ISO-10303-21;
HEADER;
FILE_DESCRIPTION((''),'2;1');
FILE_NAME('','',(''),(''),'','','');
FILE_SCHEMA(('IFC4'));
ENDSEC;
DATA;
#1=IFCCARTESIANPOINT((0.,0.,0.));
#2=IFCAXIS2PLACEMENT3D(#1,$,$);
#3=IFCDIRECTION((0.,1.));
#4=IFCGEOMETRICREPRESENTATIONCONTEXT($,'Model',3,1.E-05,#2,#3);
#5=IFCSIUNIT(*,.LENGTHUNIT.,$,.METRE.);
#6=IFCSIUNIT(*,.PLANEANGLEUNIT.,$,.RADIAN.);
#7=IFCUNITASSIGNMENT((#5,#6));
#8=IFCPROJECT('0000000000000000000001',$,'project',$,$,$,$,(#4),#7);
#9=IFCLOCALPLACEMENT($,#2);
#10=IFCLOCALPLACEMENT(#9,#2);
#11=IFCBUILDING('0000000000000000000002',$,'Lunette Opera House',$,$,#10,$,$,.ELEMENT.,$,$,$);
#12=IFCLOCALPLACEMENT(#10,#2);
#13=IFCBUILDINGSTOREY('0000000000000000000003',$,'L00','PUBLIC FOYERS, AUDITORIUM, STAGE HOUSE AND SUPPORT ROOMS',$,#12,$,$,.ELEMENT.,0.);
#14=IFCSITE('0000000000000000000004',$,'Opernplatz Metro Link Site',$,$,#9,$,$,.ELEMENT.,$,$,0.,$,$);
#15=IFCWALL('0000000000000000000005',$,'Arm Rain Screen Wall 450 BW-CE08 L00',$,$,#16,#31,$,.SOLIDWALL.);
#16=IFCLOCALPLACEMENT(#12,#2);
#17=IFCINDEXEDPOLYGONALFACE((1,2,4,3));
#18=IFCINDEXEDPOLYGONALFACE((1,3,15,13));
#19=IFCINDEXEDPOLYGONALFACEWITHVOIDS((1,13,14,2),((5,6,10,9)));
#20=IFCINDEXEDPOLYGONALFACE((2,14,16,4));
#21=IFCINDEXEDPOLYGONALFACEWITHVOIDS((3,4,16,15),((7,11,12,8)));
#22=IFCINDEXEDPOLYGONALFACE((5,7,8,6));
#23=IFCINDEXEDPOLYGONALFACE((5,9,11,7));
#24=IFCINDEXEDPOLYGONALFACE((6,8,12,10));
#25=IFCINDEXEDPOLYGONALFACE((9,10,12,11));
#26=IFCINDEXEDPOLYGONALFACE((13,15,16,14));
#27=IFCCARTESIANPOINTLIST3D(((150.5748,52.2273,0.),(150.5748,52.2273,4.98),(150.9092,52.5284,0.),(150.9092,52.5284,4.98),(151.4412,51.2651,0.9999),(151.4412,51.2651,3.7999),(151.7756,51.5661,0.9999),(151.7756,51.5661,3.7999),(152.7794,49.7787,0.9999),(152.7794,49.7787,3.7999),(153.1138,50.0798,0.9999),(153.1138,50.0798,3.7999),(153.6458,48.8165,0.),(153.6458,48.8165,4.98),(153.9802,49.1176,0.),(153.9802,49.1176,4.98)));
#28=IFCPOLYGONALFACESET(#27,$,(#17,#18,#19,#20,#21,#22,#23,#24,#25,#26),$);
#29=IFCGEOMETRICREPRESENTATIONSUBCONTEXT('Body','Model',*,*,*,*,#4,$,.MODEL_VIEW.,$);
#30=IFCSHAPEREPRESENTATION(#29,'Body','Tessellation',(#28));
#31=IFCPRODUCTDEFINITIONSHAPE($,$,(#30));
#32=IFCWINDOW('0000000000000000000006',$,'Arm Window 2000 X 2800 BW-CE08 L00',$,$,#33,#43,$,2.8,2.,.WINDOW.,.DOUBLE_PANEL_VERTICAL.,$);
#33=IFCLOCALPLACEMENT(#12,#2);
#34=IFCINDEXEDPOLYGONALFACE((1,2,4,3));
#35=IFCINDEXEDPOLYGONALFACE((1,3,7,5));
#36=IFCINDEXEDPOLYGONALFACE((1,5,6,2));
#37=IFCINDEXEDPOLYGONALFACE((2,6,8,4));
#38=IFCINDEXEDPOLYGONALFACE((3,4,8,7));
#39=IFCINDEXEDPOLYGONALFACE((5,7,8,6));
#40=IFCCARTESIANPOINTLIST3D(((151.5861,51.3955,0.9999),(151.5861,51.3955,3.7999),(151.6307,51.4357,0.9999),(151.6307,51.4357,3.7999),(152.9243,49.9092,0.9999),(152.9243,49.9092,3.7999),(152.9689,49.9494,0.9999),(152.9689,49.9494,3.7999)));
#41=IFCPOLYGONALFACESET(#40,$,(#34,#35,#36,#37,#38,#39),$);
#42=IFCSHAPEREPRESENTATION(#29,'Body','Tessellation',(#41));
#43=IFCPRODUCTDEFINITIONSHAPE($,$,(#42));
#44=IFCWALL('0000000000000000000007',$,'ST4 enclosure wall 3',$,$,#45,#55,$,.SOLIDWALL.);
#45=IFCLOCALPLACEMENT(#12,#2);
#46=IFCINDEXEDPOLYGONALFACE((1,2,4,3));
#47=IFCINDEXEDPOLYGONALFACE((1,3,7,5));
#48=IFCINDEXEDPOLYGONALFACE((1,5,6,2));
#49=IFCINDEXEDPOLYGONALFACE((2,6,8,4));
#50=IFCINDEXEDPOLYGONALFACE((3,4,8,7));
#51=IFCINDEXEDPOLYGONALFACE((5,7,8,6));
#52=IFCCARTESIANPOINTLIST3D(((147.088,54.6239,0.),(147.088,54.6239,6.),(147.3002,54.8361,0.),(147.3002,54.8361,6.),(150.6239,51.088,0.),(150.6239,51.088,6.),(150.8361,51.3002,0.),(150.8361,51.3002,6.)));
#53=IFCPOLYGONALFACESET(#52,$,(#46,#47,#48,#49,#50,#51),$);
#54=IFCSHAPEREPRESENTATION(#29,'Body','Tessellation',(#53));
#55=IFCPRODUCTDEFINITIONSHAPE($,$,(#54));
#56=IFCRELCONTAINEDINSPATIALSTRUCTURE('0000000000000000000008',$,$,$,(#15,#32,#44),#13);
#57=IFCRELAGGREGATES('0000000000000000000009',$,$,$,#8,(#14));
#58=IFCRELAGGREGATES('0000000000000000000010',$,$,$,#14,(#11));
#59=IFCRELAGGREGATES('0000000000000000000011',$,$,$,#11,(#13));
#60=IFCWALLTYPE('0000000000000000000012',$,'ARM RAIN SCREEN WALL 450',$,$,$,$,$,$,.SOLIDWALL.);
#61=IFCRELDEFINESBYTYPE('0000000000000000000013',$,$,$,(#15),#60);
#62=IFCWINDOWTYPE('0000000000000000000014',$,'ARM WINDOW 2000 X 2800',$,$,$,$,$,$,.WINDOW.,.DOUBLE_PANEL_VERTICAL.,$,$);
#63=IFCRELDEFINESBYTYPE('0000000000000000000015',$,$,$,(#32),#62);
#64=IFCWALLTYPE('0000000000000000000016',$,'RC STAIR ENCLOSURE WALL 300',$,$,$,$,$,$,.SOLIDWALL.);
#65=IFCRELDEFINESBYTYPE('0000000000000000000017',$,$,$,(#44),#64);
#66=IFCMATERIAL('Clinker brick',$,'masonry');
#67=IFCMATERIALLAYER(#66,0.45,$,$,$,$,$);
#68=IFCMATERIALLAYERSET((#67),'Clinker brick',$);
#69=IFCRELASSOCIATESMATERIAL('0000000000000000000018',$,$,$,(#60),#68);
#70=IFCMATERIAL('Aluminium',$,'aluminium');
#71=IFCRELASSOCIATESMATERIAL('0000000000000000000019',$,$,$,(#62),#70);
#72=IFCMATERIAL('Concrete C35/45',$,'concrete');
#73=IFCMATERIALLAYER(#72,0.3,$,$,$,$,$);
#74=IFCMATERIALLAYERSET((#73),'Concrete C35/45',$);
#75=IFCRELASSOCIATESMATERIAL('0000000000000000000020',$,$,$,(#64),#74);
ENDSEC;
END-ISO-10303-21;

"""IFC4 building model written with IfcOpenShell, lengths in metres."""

from ifc_helpers import new_model, si_unit, direction, frame, frame_2d, origin, place, context, subcontext, project, spatial, rectangle, extrude, material, layer, layer_set, type_object, element, fill, save


model = new_model("IFC4")

# Units and contexts
model_context = context("Model", 3, precision=1e-05, world=origin(), true_north=direction((0.0, 1.0)))
body_context = subcontext(model_context, "Body", "Model", "MODEL_VIEW")
ifc_project = project(units=[si_unit("LENGTHUNIT", "METRE"), si_unit("PLANEANGLEUNIT", "RADIAN")], contexts=[model_context])

# Site, building, storey
site_placement = place(None, origin())
site = spatial("IfcSite", under=ifc_project, at=site_placement, Name="Opernplatz Metro Link Site", CompositionType="ELEMENT", RefElevation=0.0)
building_placement = place(site_placement, origin())
building = spatial("IfcBuilding", under=site, at=building_placement, Name="Lunette Opera House", CompositionType="ELEMENT")
storey_placement = place(building_placement, origin())
storey = spatial("IfcBuildingStorey", under=building, at=storey_placement, Name="L00", Description="PUBLIC FOYERS, AUDITORIUM, STAGE HOUSE AND SUPPORT ROOMS", CompositionType="ELEMENT", Elevation=0.0)

# Wall, opening, window
ifc_material_1 = material(Name="Clinker brick", Category="masonry")
ifc_layer_1 = layer(ifc_material_1, 0.45)
ifc_layer_set_1 = layer_set([ifc_layer_1], Name="Clinker brick")
wall_type_1 = type_object("IfcWallType", Name="ARM RAIN SCREEN WALL 450", PredefinedType="SOLIDWALL", material=ifc_layer_set_1)
wall_1_placement = place(storey_placement, frame((150.7419, 52.3779, 0.0), z_axis=(0.0, 0.0, 1.0), x_axis=(0.669115, -0.743159, 0.0)))
wall_1 = element("IfcWall", 1, at=wall_1_placement, inside=storey, type_object=wall_type_1, Name="Arm Rain Screen Wall 450 BW-CE08 L00", PredefinedType="SOLIDWALL", context=body_context, shape_type="SweptSolid", body=[
    extrude(rectangle(XDim=4.5896, YDim=0.45, at=frame_2d((2.2949, 0.0))), origin(), (0.0, 0.0, 1.0), 4.98),
])
opening_placement = place(wall_1_placement, frame((1.2949, 0.0, 1.0)))
opening = element("IfcOpeningElement", 2, at=opening_placement, cuts=wall_1, PredefinedType="OPENING", context=body_context, shape_type="SweptSolid", body=[
    extrude(rectangle(XDim=2.0, YDim=2.8, at=frame_2d((1.0, 1.3999))), frame((0.0, 0.2371, 0.0), z_axis=(0.0, -1.0, 0.0), x_axis=(1.0, 0.0, 0.0)), (0.0, 0.0, 1.0), 0.4739),
])
ifc_material_2 = material(Name="Aluminium", Category="aluminium")
window_type = type_object("IfcWindowType", Name="ARM WINDOW 2000 X 2800", PartitioningType="DOUBLE_PANEL_VERTICAL", PredefinedType="WINDOW", material=ifc_material_2)
window_placement = place(opening_placement, origin())
window = element("IfcWindow", 3, at=window_placement, inside=storey, type_object=window_type, Name="Arm Window 2000 X 2800 BW-CE08 L00", OverallHeight=2.8, OverallWidth=2.0, PartitioningType="DOUBLE_PANEL_VERTICAL", PredefinedType="WINDOW", context=body_context, shape_type="SweptSolid", body=[
    extrude(rectangle(XDim=2.0, YDim=2.8, at=frame_2d((1.0, 1.3999))), frame((0.0, 0.03, 0.0), z_axis=(0.0, -1.0, 0.0), x_axis=(1.0, 0.0, 0.0)), (0.0, 0.0, 1.0), 0.0601),
])
fill(opening, window)

# Wall
ifc_material_3 = material(Name="Concrete C35/45", Category="concrete")
ifc_layer_2 = layer(ifc_material_3, 0.3)
ifc_layer_set_2 = layer_set([ifc_layer_2], Name="Concrete C35/45")
wall_type_2 = type_object("IfcWallType", Name="RC STAIR ENCLOSURE WALL 300", PredefinedType="SOLIDWALL", material=ifc_layer_set_2)
wall_2_placement = place(storey_placement, frame((150.73, 51.1941, 0.0), z_axis=(0.0, 0.0, 1.0), x_axis=(-0.707107, 0.707107, 0.0)))
element("IfcWall", 4, at=wall_2_placement, inside=storey, type_object=wall_type_2, Name="ST4 enclosure wall 3", PredefinedType="SOLIDWALL", context=body_context, shape_type="SweptSolid", body=[
    extrude(rectangle(XDim=5.0005, YDim=0.3, at=frame_2d((2.5002, 0.0))), origin(), (0.0, 0.0, 1.0), 6.0),
])

save(model, "model.ifc")
